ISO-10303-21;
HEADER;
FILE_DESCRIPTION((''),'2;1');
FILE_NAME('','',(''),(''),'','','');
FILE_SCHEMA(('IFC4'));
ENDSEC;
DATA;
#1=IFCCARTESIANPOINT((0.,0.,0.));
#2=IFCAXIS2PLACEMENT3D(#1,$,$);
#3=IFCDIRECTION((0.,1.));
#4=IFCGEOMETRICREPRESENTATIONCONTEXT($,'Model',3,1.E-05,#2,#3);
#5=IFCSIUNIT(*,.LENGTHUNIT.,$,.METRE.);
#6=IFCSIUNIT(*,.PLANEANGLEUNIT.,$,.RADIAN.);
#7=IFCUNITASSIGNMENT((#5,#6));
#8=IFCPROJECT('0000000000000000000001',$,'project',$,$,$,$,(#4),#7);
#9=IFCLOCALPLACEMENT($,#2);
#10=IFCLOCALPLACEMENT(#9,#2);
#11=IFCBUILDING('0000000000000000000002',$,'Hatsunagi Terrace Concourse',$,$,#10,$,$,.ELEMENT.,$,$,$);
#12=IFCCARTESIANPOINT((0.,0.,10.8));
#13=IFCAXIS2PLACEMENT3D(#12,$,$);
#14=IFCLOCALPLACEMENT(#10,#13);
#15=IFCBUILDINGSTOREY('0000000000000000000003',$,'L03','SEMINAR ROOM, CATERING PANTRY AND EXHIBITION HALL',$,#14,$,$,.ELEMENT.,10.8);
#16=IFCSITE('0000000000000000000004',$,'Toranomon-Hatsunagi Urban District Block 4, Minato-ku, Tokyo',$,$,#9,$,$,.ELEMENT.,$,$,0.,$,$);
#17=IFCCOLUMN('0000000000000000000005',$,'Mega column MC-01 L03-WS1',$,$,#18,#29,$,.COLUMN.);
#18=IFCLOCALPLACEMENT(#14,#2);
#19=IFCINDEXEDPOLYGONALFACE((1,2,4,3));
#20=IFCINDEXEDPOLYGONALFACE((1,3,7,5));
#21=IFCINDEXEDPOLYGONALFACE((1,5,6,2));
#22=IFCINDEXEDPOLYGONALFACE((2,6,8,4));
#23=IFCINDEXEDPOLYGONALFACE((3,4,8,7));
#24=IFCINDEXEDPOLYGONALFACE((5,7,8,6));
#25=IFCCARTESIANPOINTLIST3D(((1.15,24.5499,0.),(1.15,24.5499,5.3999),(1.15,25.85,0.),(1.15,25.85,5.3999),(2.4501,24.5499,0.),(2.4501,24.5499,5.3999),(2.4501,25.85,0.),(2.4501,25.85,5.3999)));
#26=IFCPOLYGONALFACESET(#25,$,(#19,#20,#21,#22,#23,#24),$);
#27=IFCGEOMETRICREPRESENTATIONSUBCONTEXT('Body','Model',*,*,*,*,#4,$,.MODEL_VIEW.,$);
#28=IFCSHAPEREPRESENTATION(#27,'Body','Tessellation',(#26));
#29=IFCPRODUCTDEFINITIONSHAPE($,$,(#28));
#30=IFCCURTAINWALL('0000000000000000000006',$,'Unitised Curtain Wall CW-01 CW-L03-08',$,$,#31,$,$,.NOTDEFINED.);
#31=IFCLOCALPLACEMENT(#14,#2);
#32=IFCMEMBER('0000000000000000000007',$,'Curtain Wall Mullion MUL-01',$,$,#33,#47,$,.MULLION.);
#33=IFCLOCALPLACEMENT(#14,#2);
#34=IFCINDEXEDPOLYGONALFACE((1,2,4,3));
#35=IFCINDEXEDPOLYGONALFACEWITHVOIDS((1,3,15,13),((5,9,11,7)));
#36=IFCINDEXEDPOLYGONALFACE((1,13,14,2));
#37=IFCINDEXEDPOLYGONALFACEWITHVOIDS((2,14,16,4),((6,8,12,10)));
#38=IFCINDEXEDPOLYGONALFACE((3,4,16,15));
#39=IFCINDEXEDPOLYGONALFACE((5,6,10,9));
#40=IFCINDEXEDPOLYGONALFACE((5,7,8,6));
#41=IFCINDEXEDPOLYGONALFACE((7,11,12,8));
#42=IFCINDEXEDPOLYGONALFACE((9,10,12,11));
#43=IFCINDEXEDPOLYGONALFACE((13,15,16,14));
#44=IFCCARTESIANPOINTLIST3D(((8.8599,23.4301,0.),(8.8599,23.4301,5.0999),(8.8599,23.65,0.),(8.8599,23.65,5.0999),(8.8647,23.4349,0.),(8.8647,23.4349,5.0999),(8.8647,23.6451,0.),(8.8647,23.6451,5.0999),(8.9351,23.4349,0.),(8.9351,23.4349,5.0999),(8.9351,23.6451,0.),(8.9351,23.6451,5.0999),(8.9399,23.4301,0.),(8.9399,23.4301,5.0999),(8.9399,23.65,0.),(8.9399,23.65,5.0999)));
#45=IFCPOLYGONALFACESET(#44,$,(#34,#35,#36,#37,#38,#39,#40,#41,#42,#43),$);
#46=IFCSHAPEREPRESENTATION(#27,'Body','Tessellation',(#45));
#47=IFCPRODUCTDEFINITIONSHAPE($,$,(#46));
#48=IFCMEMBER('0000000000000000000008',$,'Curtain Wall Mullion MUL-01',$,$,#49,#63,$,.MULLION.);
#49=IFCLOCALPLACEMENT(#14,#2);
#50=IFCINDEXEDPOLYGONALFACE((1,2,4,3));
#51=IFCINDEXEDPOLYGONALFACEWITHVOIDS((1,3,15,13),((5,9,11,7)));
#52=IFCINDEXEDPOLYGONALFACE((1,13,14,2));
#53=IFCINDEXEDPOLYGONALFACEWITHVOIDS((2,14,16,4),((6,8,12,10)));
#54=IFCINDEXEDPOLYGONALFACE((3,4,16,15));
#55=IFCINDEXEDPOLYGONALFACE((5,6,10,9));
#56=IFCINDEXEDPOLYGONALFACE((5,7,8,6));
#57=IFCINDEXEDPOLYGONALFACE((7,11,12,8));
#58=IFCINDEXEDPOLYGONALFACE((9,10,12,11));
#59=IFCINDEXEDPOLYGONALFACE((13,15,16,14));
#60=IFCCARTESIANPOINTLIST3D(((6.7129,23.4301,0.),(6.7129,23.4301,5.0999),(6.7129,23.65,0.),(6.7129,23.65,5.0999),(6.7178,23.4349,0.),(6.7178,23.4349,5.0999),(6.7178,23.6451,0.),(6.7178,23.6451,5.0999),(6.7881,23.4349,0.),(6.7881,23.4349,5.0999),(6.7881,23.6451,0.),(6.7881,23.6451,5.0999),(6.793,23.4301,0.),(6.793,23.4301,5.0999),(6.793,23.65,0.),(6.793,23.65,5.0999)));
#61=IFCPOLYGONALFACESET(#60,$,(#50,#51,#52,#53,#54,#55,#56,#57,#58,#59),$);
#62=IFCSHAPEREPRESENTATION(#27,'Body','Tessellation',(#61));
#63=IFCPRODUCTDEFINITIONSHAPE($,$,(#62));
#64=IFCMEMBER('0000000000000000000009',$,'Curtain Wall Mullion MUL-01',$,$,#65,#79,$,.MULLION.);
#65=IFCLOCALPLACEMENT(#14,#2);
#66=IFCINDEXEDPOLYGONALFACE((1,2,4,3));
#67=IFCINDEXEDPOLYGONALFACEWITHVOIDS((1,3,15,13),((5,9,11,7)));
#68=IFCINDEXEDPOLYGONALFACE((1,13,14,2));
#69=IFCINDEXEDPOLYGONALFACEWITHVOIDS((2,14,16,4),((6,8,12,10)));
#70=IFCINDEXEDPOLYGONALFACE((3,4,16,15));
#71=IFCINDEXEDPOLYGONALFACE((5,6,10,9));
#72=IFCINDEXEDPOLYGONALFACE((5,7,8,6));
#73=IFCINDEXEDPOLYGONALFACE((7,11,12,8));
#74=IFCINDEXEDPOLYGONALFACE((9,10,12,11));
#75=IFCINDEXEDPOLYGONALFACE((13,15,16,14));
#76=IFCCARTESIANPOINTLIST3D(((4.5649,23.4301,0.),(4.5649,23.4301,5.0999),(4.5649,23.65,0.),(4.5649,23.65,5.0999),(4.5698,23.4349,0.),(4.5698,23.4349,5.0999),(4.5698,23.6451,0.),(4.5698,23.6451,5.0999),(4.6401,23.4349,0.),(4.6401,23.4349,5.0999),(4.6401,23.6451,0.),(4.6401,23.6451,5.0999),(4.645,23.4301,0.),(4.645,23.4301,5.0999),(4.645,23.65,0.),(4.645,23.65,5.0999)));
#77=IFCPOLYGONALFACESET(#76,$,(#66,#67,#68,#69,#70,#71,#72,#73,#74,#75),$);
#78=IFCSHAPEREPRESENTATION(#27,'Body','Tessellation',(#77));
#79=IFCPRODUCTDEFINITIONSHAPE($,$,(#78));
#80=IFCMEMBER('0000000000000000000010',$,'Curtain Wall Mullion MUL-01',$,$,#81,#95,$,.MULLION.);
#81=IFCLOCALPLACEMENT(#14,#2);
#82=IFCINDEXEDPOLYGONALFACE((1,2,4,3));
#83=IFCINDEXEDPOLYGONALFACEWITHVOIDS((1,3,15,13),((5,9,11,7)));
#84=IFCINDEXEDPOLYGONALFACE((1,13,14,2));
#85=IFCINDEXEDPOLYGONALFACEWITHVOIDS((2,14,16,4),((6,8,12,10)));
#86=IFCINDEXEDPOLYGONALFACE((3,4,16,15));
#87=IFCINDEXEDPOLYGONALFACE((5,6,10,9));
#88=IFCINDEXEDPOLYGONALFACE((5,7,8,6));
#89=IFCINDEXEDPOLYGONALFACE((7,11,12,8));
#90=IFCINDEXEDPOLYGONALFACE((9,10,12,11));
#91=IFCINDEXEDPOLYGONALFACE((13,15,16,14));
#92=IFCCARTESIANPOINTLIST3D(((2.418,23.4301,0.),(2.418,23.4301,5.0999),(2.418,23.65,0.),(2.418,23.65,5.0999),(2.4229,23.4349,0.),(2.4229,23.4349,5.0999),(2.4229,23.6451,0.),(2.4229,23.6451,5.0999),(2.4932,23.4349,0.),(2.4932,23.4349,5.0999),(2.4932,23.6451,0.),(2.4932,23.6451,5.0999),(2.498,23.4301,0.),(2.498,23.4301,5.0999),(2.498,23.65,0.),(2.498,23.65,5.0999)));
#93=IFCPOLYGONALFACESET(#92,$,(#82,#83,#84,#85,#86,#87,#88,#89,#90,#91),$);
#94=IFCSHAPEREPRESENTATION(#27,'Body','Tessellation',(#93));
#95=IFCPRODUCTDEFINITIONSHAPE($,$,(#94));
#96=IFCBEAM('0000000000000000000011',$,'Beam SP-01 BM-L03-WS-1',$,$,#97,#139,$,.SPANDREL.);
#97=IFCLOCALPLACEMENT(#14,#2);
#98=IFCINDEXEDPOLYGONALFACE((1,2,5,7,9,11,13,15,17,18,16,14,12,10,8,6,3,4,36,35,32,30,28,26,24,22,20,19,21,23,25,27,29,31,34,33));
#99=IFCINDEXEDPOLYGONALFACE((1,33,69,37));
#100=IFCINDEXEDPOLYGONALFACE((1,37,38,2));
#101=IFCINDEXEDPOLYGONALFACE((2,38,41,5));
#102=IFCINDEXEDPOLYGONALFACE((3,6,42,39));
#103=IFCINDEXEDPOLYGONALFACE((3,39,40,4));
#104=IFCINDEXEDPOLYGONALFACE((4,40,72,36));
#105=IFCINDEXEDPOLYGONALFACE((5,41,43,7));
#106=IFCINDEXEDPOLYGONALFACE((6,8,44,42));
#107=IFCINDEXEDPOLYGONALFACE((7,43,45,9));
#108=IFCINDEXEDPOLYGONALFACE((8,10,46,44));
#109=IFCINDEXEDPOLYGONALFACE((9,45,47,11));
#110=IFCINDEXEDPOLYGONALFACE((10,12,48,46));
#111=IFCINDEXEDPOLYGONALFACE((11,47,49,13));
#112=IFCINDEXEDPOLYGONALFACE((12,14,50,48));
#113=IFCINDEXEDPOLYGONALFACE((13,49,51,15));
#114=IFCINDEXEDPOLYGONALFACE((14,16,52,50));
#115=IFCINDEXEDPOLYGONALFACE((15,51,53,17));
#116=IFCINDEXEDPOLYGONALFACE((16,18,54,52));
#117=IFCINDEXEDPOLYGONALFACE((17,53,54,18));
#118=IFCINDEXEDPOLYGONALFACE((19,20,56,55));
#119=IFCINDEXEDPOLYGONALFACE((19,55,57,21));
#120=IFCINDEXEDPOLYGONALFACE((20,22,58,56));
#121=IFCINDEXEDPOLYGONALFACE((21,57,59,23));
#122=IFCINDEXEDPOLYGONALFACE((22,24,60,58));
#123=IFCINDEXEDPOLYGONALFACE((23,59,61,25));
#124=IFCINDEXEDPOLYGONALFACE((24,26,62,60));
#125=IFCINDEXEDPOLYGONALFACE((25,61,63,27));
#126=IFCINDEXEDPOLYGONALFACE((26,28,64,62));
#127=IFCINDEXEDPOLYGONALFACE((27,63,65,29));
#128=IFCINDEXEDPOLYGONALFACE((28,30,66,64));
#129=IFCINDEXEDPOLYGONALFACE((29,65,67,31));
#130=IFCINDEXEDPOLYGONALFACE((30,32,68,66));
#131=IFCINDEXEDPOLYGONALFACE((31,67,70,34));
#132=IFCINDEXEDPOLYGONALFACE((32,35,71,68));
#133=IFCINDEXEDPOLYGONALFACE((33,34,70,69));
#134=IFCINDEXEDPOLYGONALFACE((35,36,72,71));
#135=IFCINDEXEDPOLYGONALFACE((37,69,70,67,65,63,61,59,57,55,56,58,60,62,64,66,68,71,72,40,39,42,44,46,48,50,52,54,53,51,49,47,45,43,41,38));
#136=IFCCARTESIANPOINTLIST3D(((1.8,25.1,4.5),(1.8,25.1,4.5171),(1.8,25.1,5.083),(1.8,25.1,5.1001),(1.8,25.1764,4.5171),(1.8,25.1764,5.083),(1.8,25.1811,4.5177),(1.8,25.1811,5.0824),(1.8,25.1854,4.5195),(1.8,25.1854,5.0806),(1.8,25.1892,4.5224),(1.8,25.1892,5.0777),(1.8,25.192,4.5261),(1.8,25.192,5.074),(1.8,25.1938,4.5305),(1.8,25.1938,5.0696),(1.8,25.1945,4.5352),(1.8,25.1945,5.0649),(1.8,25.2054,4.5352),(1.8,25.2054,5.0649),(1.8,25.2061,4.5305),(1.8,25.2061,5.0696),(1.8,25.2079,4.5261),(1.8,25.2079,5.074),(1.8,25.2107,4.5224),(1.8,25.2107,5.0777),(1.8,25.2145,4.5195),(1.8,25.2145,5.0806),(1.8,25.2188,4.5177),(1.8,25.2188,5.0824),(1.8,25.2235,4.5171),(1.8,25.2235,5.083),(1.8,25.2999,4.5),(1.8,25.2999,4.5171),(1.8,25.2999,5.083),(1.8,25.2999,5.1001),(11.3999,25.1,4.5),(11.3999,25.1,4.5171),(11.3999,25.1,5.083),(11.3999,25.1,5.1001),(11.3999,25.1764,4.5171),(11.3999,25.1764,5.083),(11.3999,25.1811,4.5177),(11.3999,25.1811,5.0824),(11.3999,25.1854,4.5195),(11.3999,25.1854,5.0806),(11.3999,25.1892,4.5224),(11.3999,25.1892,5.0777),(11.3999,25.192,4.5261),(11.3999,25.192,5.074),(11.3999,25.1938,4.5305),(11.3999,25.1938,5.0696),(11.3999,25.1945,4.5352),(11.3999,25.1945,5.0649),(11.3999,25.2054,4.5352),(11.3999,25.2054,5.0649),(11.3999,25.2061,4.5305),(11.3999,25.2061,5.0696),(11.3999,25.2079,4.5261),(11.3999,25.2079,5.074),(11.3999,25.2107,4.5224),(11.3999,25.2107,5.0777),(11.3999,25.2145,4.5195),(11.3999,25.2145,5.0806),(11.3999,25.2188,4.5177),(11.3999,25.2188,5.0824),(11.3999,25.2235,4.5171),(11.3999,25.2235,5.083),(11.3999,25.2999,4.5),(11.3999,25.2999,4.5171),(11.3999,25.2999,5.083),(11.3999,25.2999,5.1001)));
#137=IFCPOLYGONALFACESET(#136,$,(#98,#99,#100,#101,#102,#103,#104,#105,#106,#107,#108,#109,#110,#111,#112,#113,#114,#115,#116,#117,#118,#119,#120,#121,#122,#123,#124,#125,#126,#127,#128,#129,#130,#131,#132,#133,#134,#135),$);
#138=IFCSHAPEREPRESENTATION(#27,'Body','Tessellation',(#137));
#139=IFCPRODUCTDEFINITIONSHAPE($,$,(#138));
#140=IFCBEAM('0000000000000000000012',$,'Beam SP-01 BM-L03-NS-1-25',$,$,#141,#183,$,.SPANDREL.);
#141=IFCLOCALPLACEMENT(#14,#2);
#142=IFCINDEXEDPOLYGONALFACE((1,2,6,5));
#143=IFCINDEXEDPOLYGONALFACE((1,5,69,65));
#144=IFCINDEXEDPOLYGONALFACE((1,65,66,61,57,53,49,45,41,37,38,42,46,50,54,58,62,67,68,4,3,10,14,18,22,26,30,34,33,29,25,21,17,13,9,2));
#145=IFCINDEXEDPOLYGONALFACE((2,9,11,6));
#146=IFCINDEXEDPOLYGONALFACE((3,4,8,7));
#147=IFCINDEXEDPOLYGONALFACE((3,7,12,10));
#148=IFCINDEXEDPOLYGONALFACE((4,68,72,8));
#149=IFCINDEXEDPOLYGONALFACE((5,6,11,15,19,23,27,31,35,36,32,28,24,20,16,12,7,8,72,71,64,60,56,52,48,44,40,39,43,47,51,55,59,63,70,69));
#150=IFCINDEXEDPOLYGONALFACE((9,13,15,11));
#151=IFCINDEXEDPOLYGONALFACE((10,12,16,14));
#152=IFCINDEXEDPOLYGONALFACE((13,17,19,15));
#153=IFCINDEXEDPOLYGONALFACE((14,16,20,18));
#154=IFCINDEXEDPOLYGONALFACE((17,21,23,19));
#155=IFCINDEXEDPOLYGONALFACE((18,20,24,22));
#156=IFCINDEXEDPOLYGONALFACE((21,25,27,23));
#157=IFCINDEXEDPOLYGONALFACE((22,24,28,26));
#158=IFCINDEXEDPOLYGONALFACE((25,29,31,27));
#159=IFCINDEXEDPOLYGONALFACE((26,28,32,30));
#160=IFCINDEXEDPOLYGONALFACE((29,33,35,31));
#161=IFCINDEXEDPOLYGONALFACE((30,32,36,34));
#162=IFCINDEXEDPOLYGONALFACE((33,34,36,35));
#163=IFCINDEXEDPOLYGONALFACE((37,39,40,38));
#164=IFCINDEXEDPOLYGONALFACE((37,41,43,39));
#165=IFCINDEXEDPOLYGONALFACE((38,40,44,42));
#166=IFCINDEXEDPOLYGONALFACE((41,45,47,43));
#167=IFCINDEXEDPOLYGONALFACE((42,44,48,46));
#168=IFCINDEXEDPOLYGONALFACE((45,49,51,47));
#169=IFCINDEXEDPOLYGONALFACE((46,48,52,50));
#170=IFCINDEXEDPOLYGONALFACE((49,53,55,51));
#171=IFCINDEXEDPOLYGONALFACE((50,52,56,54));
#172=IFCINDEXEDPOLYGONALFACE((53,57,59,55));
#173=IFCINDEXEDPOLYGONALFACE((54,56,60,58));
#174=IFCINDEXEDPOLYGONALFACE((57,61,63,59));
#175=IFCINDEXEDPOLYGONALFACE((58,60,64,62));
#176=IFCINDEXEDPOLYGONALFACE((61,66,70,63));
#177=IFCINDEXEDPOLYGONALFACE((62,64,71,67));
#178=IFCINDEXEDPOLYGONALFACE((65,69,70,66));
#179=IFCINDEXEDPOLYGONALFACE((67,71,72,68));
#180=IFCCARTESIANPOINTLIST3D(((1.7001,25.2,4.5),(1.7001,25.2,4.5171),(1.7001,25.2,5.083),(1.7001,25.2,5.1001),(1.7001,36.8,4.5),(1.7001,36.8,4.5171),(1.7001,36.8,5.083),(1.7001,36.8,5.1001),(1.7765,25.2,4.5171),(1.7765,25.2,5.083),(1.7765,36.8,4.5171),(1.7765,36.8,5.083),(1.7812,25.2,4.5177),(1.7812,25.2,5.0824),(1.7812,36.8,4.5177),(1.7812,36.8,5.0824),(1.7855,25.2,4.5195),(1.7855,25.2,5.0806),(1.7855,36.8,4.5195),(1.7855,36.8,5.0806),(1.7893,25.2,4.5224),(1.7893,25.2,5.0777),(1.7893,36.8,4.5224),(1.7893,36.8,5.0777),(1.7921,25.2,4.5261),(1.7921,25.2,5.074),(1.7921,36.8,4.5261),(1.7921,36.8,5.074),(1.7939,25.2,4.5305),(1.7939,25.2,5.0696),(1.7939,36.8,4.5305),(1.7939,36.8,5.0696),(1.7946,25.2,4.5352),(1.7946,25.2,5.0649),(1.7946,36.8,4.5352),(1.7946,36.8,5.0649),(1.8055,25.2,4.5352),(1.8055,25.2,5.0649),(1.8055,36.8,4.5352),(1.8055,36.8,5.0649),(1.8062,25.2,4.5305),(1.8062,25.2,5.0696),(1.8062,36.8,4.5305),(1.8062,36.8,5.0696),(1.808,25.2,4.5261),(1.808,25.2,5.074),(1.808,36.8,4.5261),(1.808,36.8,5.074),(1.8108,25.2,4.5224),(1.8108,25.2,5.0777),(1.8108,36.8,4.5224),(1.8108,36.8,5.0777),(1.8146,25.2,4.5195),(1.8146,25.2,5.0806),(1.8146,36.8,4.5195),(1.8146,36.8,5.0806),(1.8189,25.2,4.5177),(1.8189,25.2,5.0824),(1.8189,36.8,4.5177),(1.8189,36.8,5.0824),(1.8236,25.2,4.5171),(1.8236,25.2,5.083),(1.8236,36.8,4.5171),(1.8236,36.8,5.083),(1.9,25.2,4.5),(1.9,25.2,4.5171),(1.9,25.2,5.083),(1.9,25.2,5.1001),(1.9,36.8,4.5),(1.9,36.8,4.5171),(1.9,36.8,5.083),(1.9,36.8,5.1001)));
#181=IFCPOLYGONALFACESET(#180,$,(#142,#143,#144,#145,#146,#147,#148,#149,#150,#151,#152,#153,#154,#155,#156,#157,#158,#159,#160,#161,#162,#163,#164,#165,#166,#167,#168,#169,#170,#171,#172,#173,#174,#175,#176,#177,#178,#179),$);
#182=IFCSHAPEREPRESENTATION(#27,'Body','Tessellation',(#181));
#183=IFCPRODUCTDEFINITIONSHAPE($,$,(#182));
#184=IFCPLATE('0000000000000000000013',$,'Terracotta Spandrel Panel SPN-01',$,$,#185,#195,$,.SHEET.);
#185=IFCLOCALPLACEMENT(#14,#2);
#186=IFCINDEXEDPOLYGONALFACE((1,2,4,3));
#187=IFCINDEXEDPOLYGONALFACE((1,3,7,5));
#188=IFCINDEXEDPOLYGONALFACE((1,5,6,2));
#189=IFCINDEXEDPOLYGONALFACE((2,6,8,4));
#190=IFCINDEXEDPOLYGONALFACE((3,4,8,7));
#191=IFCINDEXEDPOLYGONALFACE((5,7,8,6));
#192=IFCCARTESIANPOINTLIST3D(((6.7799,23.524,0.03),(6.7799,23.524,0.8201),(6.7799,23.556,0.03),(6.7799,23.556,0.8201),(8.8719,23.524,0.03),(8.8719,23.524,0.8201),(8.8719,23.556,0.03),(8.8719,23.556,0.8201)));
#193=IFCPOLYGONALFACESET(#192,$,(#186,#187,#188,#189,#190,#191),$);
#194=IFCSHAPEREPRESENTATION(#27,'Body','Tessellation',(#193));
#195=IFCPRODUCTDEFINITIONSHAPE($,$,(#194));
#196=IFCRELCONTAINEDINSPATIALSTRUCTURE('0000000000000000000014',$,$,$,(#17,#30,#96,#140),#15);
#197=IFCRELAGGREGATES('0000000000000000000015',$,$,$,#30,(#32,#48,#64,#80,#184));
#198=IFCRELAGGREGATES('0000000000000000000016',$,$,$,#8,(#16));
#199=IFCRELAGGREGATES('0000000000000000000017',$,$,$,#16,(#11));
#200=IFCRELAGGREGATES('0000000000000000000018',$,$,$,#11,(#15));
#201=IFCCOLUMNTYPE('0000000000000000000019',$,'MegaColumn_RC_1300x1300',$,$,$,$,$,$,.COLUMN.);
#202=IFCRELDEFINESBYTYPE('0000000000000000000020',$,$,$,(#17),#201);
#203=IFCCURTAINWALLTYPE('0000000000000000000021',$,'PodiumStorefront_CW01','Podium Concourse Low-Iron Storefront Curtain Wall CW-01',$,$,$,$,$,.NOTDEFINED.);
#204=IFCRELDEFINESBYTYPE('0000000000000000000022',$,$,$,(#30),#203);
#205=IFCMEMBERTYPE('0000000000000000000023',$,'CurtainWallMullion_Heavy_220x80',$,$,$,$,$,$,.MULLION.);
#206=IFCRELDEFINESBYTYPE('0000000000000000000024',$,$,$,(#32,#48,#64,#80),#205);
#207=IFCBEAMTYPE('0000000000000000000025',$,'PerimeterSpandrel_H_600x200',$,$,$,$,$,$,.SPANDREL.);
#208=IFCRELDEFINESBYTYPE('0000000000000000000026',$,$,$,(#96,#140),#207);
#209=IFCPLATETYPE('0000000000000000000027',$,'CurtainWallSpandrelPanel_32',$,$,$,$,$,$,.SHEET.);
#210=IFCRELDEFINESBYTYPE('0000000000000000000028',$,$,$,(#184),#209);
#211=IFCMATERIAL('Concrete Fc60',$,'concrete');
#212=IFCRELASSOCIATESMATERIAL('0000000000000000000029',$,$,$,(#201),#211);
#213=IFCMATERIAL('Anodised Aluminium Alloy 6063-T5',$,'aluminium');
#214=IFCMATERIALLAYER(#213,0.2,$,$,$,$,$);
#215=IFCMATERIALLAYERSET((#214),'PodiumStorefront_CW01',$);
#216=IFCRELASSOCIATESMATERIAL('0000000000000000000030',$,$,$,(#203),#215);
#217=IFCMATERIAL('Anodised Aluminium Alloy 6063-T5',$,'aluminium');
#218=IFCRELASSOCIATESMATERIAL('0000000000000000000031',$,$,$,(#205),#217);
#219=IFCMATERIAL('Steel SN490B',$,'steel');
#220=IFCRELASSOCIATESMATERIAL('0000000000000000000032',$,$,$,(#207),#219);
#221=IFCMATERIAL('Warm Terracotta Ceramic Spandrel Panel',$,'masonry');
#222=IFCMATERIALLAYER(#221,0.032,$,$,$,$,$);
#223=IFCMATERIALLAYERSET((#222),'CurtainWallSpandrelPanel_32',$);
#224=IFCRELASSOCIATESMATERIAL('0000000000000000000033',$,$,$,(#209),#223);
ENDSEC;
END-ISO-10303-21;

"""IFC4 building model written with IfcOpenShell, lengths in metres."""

from ifc_helpers import new_model, si_unit, direction, frame, origin, origin_2d, place, context, subcontext, project, spatial, rectangle, hollow_rectangle, i_section, extrude, material, layer, layer_set, material_profile, profile_set, type_object, element, aggregate, save


model = new_model("IFC4")

# Units and contexts
model_context = context("Model", 3, precision=1e-05, world=origin(), true_north=direction((0.0, 1.0)))
body_context = subcontext(model_context, "Body", "Model", "MODEL_VIEW")
ifc_project = project(units=[si_unit("LENGTHUNIT", "METRE"), si_unit("PLANEANGLEUNIT", "RADIAN")], contexts=[model_context])

# Site, building, storey
site_placement = place(None, origin())
site = spatial("IfcSite", under=ifc_project, at=site_placement, Name="Toranomon-Hatsunagi Urban District Block 4, Minato-ku, Tokyo", CompositionType="ELEMENT", RefElevation=0.0)
building_placement = place(site_placement, origin())
building = spatial("IfcBuilding", under=site, at=building_placement, Name="Hatsunagi Terrace Concourse", CompositionType="ELEMENT")
storey_placement = place(building_placement, frame((0.0, 0.0, 10.8)))
storey = spatial("IfcBuildingStorey", under=building, at=storey_placement, Name="L03", Description="SEMINAR ROOM, CATERING PANTRY AND EXHIBITION HALL", CompositionType="ELEMENT", Elevation=10.8)

# Column
ifc_material_1 = material(Name="Concrete Fc60", Category="concrete")
ifc_material_profile_1 = material_profile(ifc_material_1, rectangle(XDim=1.3, YDim=1.3, at=origin_2d()), Name="RC-1300x1300")
ifc_profile_set_1 = profile_set([ifc_material_profile_1], Name="Concrete Fc60")
column_type = type_object("IfcColumnType", Name="MegaColumn_RC_1300x1300", PredefinedType="COLUMN", material=ifc_profile_set_1)
column_placement = place(storey_placement, frame((1.8, 25.2, 0.0), z_axis=(0.0, 0.0, 1.0), x_axis=(1.0, 0.0, 0.0)))
element("IfcColumn", 1, at=column_placement, inside=storey, type_object=column_type, Name="Mega column MC-01 L03-WS1", PredefinedType="COLUMN", context=body_context, shape_type="SweptSolid", body=[
    extrude(rectangle(XDim=1.3, YDim=1.3, at=origin_2d()), origin(), (0.0, 0.0, 1.0), 5.3999),
])

# Curtain wall, members
ifc_material_2 = material(Name="Anodised Aluminium Alloy 6063-T5", Category="aluminium")
ifc_layer_1 = layer(ifc_material_2, 0.2)
ifc_layer_set_1 = layer_set([ifc_layer_1], Name="PodiumStorefront_CW01")
curtain_wall_type = type_object("IfcCurtainWallType", Name="PodiumStorefront_CW01", Description="Podium Concourse Low-Iron Storefront Curtain Wall CW-01", PredefinedType="NOTDEFINED", material=ifc_layer_set_1)
curtain_wall_placement = place(storey_placement, origin())
curtain_wall = element("IfcCurtainWall", 2, at=curtain_wall_placement, inside=storey, type_object=curtain_wall_type, Name="Unitised Curtain Wall CW-01 CW-L03-08", PredefinedType="NOTDEFINED")
ifc_material_3 = material(Name="Anodised Aluminium Alloy 6063-T5", Category="aluminium")
ifc_material_profile_2 = material_profile(ifc_material_3, hollow_rectangle(XDim=0.0801, YDim=0.22, WallThickness=0.0049, at=origin_2d()), Name="ALU-MUL-220x80x5")
ifc_profile_set_2 = profile_set([ifc_material_profile_2], Name="Anodised Aluminium Alloy 6063-T5")
member_type = type_object("IfcMemberType", Name="CurtainWallMullion_Heavy_220x80", PredefinedType="MULLION", material=ifc_profile_set_2)
member_1_placement = place(storey_placement, frame((8.8999, 23.54, 0.0), z_axis=(0.0, 0.0, 1.0), x_axis=(-1.0, 0.0, 0.0)))
member_1 = element("IfcMember", 3, at=member_1_placement, type_object=member_type, Name="Curtain Wall Mullion MUL-01", PredefinedType="MULLION", context=body_context, shape_type="SweptSolid", body=[
    extrude(hollow_rectangle(XDim=0.0801, YDim=0.22, WallThickness=0.0049, at=origin_2d()), origin(), (0.0, 0.0, 1.0), 5.0999),
])
member_2_placement = place(storey_placement, frame((6.7529, 23.54, 0.0), z_axis=(0.0, 0.0, 1.0), x_axis=(-1.0, 0.0, 0.0)))
member_2 = element("IfcMember", 4, at=member_2_placement, type_object=member_type, Name="Curtain Wall Mullion MUL-01", PredefinedType="MULLION", context=body_context, shape_type="SweptSolid", body=[
    extrude(hollow_rectangle(XDim=0.0801, YDim=0.22, WallThickness=0.0049, at=origin_2d()), origin(), (0.0, 0.0, 1.0), 5.0999),
])
member_3_placement = place(storey_placement, frame((4.605, 23.54, 0.0), z_axis=(0.0, 0.0, 1.0), x_axis=(-1.0, 0.0, 0.0)))
member_3 = element("IfcMember", 5, at=member_3_placement, type_object=member_type, Name="Curtain Wall Mullion MUL-01", PredefinedType="MULLION", context=body_context, shape_type="SweptSolid", body=[
    extrude(hollow_rectangle(XDim=0.0801, YDim=0.22, WallThickness=0.0049, at=origin_2d()), origin(), (0.0, 0.0, 1.0), 5.0999),
])
member_4_placement = place(storey_placement, frame((2.458, 23.54, 0.0), z_axis=(0.0, 0.0, 1.0), x_axis=(-1.0, 0.0, 0.0)))
member_4 = element("IfcMember", 6, at=member_4_placement, type_object=member_type, Name="Curtain Wall Mullion MUL-01", PredefinedType="MULLION", context=body_context, shape_type="SweptSolid", body=[
    extrude(hollow_rectangle(XDim=0.0801, YDim=0.22, WallThickness=0.0049, at=origin_2d()), origin(), (0.0, 0.0, 1.0), 5.0999),
])

# Beams
ifc_material_4 = material(Name="Steel SN490B", Category="steel")
ifc_material_profile_3 = material_profile(ifc_material_4, i_section(OverallWidth=0.2, OverallDepth=0.6001, WebThickness=0.011, FlangeThickness=0.0171, FilletRadius=0.0181, at=origin_2d()), Name="H-600x200x11x17")
ifc_profile_set_3 = profile_set([ifc_material_profile_3], Name="Steel SN490B")
beam_type = type_object("IfcBeamType", Name="PerimeterSpandrel_H_600x200", PredefinedType="SPANDREL", material=ifc_profile_set_3)
beam_1_placement = place(storey_placement, frame((1.8, 25.2, 4.8), z_axis=(1.0, 0.0, 0.0), x_axis=(0.0, 1.0, 0.0)))
element("IfcBeam", 7, at=beam_1_placement, inside=storey, type_object=beam_type, Name="Beam SP-01 BM-L03-WS-1", PredefinedType="SPANDREL", context=body_context, shape_type="SweptSolid", body=[
    extrude(i_section(OverallWidth=0.2, OverallDepth=0.6001, WebThickness=0.011, FlangeThickness=0.0171, FilletRadius=0.0181, at=origin_2d()), origin(), (0.0, 0.0, 1.0), 9.5999),
])
beam_2_placement = place(storey_placement, frame((1.8, 25.2, 4.8), z_axis=(0.0, 1.0, 0.0), x_axis=(-1.0, 0.0, 0.0)))
element("IfcBeam", 8, at=beam_2_placement, inside=storey, type_object=beam_type, Name="Beam SP-01 BM-L03-NS-1-25", PredefinedType="SPANDREL", context=body_context, shape_type="SweptSolid", body=[
    extrude(i_section(OverallWidth=0.2, OverallDepth=0.6001, WebThickness=0.011, FlangeThickness=0.0171, FilletRadius=0.0181, at=origin_2d()), origin(), (0.0, 0.0, 1.0), 11.6001),
])

# Plate
ifc_material_5 = material(Name="Warm Terracotta Ceramic Spandrel Panel", Category="masonry")
ifc_layer_2 = layer(ifc_material_5, 0.032)
ifc_layer_set_2 = layer_set([ifc_layer_2], Name="CurtainWallSpandrelPanel_32")
plate_type_1 = type_object("IfcPlateType", Name="CurtainWallSpandrelPanel_32", PredefinedType="SHEET", material=ifc_layer_set_2)
plate_1_placement = place(storey_placement, frame((7.8259, 23.54, 0.03), z_axis=(0.0, 0.0, 1.0), x_axis=(-1.0, 0.0, 0.0)))
plate_1 = element("IfcPlate", 9, at=plate_1_placement, type_object=plate_type_1, Name="Terracotta Spandrel Panel SPN-01", PredefinedType="SHEET", context=body_context, shape_type="SweptSolid", body=[
    extrude(rectangle(XDim=2.092, YDim=0.032, at=origin_2d()), origin(), (0.0, 0.0, 1.0), 0.79),
])
aggregate(curtain_wall, [member_1, member_2, member_3, member_4, plate_1])

save(model, "model.ifc")
